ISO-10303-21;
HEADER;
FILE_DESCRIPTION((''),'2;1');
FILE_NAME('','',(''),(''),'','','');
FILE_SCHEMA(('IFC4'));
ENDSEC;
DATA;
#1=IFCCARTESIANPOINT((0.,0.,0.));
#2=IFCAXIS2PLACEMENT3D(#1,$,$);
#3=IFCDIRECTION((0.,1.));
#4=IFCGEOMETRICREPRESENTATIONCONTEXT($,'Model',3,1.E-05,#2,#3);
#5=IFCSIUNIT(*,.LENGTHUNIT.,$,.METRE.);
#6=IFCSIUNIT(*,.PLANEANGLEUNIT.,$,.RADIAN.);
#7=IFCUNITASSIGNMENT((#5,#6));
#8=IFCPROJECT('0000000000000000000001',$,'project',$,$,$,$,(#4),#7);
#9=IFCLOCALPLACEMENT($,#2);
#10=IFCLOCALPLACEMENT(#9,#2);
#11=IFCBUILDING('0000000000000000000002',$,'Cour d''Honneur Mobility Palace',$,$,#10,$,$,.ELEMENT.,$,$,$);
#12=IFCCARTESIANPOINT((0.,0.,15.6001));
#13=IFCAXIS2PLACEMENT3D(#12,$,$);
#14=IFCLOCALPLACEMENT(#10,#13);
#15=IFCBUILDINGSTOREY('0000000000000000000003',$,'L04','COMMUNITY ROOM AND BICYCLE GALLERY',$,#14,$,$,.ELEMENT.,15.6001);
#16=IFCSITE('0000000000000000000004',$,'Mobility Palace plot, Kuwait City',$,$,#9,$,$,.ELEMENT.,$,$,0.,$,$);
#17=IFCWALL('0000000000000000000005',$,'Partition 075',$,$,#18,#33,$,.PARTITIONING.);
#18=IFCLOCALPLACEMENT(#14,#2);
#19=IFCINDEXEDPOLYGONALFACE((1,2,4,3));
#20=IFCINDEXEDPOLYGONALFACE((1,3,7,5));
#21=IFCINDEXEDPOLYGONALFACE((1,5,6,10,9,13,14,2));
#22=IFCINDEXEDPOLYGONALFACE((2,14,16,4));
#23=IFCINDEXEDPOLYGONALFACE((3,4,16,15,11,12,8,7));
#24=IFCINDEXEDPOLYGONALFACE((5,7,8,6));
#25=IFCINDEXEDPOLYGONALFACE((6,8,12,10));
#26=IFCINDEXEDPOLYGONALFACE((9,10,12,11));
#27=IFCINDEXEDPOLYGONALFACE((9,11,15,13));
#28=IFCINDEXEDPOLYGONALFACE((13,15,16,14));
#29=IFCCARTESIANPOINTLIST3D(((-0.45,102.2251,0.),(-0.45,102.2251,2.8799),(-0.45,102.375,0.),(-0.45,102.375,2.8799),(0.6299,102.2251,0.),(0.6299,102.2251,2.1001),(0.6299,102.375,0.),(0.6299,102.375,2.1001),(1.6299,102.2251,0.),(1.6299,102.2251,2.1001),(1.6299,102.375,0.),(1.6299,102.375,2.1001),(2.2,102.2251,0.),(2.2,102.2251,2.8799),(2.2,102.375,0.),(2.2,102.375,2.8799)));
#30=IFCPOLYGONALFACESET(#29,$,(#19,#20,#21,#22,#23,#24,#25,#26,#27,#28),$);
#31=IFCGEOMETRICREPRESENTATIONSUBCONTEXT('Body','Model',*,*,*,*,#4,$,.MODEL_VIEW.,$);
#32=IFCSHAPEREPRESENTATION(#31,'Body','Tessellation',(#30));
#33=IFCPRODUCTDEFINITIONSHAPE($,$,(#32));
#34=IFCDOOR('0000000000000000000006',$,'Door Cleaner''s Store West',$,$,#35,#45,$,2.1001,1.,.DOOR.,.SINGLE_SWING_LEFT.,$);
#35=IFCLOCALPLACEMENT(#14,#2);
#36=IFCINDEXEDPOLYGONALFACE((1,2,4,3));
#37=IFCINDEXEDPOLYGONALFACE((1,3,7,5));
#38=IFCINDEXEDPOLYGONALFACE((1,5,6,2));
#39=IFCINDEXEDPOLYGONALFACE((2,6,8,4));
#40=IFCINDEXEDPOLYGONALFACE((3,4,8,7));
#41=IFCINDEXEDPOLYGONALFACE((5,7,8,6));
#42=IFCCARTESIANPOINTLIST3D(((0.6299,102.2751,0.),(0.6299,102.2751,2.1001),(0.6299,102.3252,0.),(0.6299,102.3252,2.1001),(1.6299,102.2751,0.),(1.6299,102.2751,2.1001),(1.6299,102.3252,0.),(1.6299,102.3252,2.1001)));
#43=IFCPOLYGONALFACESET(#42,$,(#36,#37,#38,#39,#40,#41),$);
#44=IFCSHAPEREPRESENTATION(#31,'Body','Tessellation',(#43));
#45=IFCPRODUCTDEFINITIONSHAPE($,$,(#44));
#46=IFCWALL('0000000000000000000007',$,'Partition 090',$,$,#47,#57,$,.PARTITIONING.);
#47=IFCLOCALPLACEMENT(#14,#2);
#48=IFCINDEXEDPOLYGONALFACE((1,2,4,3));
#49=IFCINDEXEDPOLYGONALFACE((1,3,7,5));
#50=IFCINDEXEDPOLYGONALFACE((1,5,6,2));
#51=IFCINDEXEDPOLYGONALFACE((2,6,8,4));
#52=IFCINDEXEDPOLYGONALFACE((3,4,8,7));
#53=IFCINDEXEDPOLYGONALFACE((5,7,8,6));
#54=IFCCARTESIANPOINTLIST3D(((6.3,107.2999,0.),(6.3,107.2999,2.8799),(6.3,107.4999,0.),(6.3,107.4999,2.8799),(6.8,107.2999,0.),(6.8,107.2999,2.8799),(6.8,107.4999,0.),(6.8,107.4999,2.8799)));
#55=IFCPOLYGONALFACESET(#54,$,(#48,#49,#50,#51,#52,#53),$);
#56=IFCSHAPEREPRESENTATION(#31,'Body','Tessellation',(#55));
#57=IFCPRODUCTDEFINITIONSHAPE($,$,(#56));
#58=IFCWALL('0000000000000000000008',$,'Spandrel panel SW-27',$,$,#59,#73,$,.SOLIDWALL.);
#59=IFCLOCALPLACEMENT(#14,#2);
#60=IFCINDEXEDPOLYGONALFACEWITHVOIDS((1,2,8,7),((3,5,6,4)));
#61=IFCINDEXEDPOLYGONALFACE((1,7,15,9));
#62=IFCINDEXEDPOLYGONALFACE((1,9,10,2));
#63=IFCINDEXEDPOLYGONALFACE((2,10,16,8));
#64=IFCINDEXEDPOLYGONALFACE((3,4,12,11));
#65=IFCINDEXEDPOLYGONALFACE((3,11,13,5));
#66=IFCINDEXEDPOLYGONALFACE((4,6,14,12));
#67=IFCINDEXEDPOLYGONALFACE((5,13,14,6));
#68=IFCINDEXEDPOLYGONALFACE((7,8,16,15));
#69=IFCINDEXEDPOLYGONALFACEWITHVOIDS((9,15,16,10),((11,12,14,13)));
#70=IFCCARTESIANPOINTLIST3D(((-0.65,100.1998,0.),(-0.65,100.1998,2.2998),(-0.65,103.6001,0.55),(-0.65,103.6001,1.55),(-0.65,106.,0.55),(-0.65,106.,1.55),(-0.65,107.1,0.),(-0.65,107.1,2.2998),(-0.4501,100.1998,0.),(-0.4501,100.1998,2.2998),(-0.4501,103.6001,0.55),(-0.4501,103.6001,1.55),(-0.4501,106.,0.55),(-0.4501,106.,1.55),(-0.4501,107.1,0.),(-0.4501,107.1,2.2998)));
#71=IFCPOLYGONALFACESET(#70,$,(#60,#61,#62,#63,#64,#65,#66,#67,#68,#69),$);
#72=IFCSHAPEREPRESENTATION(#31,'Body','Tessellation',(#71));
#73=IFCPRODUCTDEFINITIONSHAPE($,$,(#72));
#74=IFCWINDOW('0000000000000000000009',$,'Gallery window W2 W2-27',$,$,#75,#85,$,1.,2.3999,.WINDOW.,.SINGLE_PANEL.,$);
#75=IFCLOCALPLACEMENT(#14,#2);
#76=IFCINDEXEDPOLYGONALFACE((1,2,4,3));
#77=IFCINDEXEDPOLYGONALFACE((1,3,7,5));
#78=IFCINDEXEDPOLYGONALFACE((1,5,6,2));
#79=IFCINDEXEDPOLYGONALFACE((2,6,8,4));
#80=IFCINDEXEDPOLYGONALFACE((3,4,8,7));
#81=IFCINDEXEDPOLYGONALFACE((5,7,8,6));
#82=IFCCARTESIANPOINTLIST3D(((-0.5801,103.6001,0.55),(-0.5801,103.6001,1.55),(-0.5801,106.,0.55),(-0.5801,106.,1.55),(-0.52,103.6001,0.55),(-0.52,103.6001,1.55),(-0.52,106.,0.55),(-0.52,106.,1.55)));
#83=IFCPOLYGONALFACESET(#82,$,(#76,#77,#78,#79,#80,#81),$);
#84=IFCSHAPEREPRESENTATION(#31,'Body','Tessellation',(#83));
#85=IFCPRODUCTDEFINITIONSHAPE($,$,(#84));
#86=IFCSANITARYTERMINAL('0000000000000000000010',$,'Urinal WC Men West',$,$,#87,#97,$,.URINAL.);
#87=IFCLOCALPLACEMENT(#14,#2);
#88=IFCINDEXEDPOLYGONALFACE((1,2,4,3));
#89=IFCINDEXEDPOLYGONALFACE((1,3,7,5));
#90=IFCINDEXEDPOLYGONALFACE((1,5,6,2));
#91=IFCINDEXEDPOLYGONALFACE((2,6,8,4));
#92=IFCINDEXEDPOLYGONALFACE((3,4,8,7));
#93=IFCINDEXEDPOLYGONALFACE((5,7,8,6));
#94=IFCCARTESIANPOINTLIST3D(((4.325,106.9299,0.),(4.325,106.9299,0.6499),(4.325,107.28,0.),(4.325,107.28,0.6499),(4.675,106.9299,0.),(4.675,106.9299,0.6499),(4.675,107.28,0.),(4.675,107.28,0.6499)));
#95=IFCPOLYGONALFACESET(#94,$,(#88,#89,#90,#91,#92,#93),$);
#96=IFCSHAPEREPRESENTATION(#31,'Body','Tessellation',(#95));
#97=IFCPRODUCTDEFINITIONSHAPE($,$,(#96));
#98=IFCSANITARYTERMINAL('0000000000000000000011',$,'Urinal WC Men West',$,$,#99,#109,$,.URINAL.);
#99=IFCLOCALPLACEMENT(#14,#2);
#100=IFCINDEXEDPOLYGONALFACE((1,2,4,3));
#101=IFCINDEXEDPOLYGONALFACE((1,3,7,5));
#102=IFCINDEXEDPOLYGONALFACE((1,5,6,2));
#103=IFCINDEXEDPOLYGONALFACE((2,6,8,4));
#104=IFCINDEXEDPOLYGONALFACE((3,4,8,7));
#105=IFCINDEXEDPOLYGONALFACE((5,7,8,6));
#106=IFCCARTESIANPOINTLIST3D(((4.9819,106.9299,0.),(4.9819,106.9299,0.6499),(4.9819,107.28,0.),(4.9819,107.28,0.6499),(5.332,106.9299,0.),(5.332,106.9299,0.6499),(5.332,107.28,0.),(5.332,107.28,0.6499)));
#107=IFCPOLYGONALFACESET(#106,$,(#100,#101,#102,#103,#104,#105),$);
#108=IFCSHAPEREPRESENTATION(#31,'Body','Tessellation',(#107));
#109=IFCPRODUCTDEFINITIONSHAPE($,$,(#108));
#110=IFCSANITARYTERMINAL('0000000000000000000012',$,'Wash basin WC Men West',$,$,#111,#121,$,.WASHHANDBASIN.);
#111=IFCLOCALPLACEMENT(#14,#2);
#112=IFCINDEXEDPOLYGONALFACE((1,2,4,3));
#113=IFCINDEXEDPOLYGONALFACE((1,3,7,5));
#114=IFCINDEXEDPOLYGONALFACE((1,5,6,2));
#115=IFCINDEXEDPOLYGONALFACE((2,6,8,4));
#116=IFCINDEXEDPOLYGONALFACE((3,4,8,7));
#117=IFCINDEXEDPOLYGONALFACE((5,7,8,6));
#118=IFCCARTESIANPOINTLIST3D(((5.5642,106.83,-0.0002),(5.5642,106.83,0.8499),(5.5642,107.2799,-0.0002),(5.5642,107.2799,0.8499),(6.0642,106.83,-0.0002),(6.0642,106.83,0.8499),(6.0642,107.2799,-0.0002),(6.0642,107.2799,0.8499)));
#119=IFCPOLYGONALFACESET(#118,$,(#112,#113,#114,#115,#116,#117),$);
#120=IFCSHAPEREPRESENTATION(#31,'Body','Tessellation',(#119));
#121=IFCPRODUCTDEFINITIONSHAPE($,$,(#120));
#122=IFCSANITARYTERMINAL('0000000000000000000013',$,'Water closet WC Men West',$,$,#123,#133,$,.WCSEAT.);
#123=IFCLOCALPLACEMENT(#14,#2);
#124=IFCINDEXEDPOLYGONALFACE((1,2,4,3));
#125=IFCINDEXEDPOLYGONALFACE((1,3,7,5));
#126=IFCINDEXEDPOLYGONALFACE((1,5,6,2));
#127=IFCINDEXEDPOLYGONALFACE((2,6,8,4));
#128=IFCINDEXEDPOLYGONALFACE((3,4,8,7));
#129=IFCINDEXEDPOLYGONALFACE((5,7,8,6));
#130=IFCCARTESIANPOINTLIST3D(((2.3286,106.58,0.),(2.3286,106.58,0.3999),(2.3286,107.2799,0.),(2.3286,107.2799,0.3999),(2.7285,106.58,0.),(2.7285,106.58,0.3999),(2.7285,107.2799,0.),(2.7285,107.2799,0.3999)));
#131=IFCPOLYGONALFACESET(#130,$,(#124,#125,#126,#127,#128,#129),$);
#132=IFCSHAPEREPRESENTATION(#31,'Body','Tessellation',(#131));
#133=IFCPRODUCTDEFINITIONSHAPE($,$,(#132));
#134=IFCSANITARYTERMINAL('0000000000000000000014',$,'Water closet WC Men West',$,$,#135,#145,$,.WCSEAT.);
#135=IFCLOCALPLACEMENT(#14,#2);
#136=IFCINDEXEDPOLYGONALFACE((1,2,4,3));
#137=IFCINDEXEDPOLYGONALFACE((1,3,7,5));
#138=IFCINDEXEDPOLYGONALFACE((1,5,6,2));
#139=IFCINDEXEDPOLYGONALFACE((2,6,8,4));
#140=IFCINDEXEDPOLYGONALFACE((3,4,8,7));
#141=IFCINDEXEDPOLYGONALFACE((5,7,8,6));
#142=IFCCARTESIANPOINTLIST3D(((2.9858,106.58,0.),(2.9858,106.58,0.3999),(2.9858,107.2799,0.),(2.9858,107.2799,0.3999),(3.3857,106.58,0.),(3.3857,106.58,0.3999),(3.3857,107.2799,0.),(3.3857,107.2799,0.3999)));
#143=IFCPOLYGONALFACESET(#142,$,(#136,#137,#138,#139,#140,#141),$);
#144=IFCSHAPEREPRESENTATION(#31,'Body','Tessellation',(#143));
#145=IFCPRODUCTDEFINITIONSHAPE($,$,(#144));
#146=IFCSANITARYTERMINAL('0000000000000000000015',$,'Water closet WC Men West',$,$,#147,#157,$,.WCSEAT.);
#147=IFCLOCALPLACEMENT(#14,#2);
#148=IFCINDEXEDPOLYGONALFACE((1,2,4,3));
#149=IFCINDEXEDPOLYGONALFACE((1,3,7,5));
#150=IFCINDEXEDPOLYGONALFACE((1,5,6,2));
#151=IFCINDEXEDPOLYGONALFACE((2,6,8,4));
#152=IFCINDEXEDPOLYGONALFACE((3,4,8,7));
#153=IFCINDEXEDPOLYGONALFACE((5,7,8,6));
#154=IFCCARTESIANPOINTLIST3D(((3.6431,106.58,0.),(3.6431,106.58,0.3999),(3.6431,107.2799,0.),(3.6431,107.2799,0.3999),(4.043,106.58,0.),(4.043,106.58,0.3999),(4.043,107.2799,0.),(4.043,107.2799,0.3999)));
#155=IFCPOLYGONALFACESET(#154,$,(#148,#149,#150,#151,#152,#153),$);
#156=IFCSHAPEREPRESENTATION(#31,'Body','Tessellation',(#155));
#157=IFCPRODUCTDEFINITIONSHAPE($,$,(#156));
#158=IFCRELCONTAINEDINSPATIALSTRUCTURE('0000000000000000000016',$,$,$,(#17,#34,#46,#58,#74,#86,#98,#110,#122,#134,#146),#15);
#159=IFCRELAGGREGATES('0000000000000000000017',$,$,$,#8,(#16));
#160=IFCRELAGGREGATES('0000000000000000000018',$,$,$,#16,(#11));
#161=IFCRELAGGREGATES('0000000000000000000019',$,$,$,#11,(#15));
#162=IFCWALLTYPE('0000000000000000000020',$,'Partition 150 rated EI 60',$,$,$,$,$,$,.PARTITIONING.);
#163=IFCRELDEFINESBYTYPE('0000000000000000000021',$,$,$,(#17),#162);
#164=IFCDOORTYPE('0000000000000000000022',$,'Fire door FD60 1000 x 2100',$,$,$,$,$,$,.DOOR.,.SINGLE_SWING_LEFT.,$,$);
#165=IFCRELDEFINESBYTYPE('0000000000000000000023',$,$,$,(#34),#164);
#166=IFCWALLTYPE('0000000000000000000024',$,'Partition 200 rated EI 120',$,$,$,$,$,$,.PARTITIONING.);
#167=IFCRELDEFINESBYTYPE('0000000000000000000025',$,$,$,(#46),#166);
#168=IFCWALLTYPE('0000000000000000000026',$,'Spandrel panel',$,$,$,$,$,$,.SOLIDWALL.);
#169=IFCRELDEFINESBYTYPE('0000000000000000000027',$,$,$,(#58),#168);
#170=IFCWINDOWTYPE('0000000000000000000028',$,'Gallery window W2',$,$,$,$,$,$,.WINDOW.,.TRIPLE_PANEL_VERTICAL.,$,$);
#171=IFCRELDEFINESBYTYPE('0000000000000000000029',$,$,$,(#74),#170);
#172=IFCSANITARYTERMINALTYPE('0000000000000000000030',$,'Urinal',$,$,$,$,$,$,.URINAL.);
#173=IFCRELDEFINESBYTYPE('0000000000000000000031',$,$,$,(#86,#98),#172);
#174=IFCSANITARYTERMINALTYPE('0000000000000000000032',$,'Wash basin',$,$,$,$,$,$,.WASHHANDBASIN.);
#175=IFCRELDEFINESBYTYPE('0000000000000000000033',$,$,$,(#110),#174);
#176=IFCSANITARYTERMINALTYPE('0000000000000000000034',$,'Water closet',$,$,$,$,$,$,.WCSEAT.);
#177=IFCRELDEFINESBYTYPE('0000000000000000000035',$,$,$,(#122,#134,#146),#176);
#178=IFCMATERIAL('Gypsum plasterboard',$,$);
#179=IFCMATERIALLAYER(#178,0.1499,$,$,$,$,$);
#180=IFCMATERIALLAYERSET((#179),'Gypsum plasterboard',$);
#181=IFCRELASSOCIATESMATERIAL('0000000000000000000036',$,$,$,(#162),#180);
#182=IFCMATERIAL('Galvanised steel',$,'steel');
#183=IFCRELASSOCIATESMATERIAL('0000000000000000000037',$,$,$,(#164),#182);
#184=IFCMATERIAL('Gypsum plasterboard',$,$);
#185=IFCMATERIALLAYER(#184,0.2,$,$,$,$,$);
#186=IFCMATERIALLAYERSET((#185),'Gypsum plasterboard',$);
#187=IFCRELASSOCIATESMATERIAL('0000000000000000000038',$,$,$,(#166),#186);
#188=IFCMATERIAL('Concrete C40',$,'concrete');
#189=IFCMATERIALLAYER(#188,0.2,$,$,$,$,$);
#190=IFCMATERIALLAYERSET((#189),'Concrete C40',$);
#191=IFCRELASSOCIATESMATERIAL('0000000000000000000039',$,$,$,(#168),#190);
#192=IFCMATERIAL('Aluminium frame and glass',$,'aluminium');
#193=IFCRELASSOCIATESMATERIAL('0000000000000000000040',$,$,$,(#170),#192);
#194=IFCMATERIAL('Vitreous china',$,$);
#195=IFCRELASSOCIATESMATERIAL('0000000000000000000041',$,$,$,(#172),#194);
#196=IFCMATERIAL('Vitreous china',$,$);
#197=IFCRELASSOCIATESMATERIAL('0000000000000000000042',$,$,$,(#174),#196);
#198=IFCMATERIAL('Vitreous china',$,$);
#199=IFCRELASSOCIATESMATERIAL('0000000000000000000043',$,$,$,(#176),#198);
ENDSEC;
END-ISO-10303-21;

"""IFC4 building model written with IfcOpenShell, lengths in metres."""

from ifc_helpers import new_model, si_unit, direction, frame, frame_2d, origin, origin_2d, place, context, subcontext, project, spatial, rectangle, extrude, material, layer, layer_set, type_object, element, fill, save


model = new_model("IFC4")

# Units and contexts
model_context = context("Model", 3, precision=1e-05, world=origin(), true_north=direction((0.0, 1.0)))
body_context = subcontext(model_context, "Body", "Model", "MODEL_VIEW")
ifc_project = project(units=[si_unit("LENGTHUNIT", "METRE"), si_unit("PLANEANGLEUNIT", "RADIAN")], contexts=[model_context])

# Site, building, storey
site_placement = place(None, origin())
site = spatial("IfcSite", under=ifc_project, at=site_placement, Name="Mobility Palace plot, Kuwait City", CompositionType="ELEMENT", RefElevation=0.0)
building_placement = place(site_placement, origin())
building = spatial("IfcBuilding", under=site, at=building_placement, Name="Cour d'Honneur Mobility Palace", CompositionType="ELEMENT")
storey_placement = place(building_placement, frame((0.0, 0.0, 15.6001)))
storey = spatial("IfcBuildingStorey", under=building, at=storey_placement, Name="L04", Description="COMMUNITY ROOM AND BICYCLE GALLERY", CompositionType="ELEMENT", Elevation=15.6001)

# Wall, opening, door
ifc_material_1 = material(Name="Gypsum plasterboard")
ifc_layer_1 = layer(ifc_material_1, 0.1499)
ifc_layer_set_1 = layer_set([ifc_layer_1], Name="Gypsum plasterboard")
wall_type_1 = type_object("IfcWallType", Name="Partition 150 rated EI 60", PredefinedType="PARTITIONING", material=ifc_layer_set_1)
wall_1_placement = place(storey_placement, frame((2.2, 102.3, 0.0), z_axis=(0.0, 0.0, 1.0), x_axis=(-1.0, 0.0, 0.0)))
wall_1 = element("IfcWall", 1, at=wall_1_placement, inside=storey, type_object=wall_type_1, Name="Partition 075", PredefinedType="PARTITIONING", context=body_context, shape_type="SweptSolid", body=[
    extrude(rectangle(XDim=2.6499, YDim=0.1499, at=frame_2d((1.325, 0.0))), origin(), (0.0, 0.0, 1.0), 2.8799),
])
opening_1_placement = place(wall_1_placement, frame((0.5701, 0.0, 0.0)))
opening_1 = element("IfcOpeningElement", 2, at=opening_1_placement, cuts=wall_1, PredefinedType="OPENING", context=body_context, shape_type="SweptSolid", body=[
    extrude(rectangle(XDim=1.0, YDim=2.1001, at=frame_2d((0.5, 1.05))), frame((0.0, 0.085, 0.0), z_axis=(0.0, -1.0, 0.0), x_axis=(1.0, 0.0, 0.0)), (0.0, 0.0, 1.0), 0.1699),
])
ifc_material_2 = material(Name="Galvanised steel", Category="steel")
door_type = type_object("IfcDoorType", Name="Fire door FD60 1000 x 2100", OperationType="SINGLE_SWING_LEFT", PredefinedType="DOOR", material=ifc_material_2)
door_placement = place(opening_1_placement, origin())
door = element("IfcDoor", 3, at=door_placement, inside=storey, type_object=door_type, Name="Door Cleaner's Store West", OperationType="SINGLE_SWING_LEFT", OverallHeight=2.1001, OverallWidth=1.0, PredefinedType="DOOR", context=body_context, shape_type="SweptSolid", body=[
    extrude(rectangle(XDim=1.0, YDim=2.1001, at=frame_2d((0.5, 1.05))), frame((0.0, 0.0249, 0.0), z_axis=(0.0, -1.0, 0.0), x_axis=(1.0, 0.0, 0.0)), (0.0, 0.0, 1.0), 0.05),
])
fill(opening_1, door)

# Wall
ifc_material_3 = material(Name="Gypsum plasterboard")
ifc_layer_2 = layer(ifc_material_3, 0.2)
ifc_layer_set_2 = layer_set([ifc_layer_2], Name="Gypsum plasterboard")
wall_type_2 = type_object("IfcWallType", Name="Partition 200 rated EI 120", PredefinedType="PARTITIONING", material=ifc_layer_set_2)
wall_2_placement = place(storey_placement, frame((6.3, 107.3999, 0.0), z_axis=(0.0, 0.0, 1.0), x_axis=(1.0, 0.0, 0.0)))
element("IfcWall", 4, at=wall_2_placement, inside=storey, type_object=wall_type_2, Name="Partition 090", PredefinedType="PARTITIONING", context=body_context, shape_type="SweptSolid", body=[
    extrude(rectangle(XDim=0.5, YDim=0.2, at=frame_2d((0.25, 0.0))), origin(), (0.0, 0.0, 1.0), 2.8799),
])

# Wall, opening, window
ifc_material_4 = material(Name="Concrete C40", Category="concrete")
ifc_layer_3 = layer(ifc_material_4, 0.2)
ifc_layer_set_3 = layer_set([ifc_layer_3], Name="Concrete C40")
wall_type_3 = type_object("IfcWallType", Name="Spandrel panel", PredefinedType="SOLIDWALL", material=ifc_layer_set_3)
wall_3_placement = place(storey_placement, frame((-0.55, 107.1001, 0.0), z_axis=(0.0, 0.0, 1.0), x_axis=(0.0, -1.0, 0.0)))
wall_3 = element("IfcWall", 5, at=wall_3_placement, inside=storey, type_object=wall_type_3, Name="Spandrel panel SW-27", PredefinedType="SOLIDWALL", context=body_context, shape_type="SweptSolid", body=[
    extrude(rectangle(XDim=6.9001, YDim=0.2, at=frame_2d((3.4502, 0.0))), origin(), (0.0, 0.0, 1.0), 2.2998),
])
opening_2_placement = place(wall_3_placement, frame((1.1001, 0.0, 0.55)))
opening_2 = element("IfcOpeningElement", 6, at=opening_2_placement, cuts=wall_3, PredefinedType="OPENING", context=body_context, shape_type="SweptSolid", body=[
    extrude(rectangle(XDim=2.3999, YDim=1.0, at=frame_2d((1.2, 0.5))), frame((0.0, 0.1099, 0.0), z_axis=(0.0, -1.0, 0.0), x_axis=(1.0, 0.0, 0.0)), (0.0, 0.0, 1.0), 0.22),
])
ifc_material_5 = material(Name="Aluminium frame and glass", Category="aluminium")
window_type = type_object("IfcWindowType", Name="Gallery window W2", PartitioningType="TRIPLE_PANEL_VERTICAL", PredefinedType="WINDOW", material=ifc_material_5)
window_placement = place(opening_2_placement, origin())
window = element("IfcWindow", 7, at=window_placement, inside=storey, type_object=window_type, Name="Gallery window W2 W2-27", OverallHeight=1.0, OverallWidth=2.3999, PartitioningType="SINGLE_PANEL", PredefinedType="WINDOW", context=body_context, shape_type="SweptSolid", body=[
    extrude(rectangle(XDim=2.3999, YDim=1.0, at=frame_2d((1.2, 0.5))), frame((0.0, 0.03, 0.0), z_axis=(0.0, -1.0, 0.0), x_axis=(1.0, 0.0, 0.0)), (0.0, 0.0, 1.0), 0.0601),
])
fill(opening_2, window)

# Sanitary terminals
ifc_material_6 = material(Name="Vitreous china")
sanitary_terminal_type_1 = type_object("IfcSanitaryTerminalType", Name="Urinal", PredefinedType="URINAL", material=ifc_material_6)
for number, where, z_axis, x_axis, name in (
    (8, (4.5, 107.105, 0.0), (0.0, 0.0, 1.0), (1.0, 0.0, 0.0), "Urinal WC Men West"),
    (9, (5.157, 107.105, 0.0), (0.0, 0.0, 1.0), (1.0, 0.0, 0.0), "Urinal WC Men West"),
):
    element("IfcSanitaryTerminal", number, at=place(storey_placement, frame(where, z_axis=z_axis, x_axis=x_axis)), inside=storey, type_object=sanitary_terminal_type_1, Name=name, PredefinedType="URINAL", context=body_context, shape_type="SweptSolid", body=[
        extrude(rectangle(XDim=0.3501, YDim=0.3501, at=origin_2d()), origin(), (0.0, 0.0, 1.0), 0.6499),
    ])
ifc_material_7 = material(Name="Vitreous china")
sanitary_terminal_type_2 = type_object("IfcSanitaryTerminalType", Name="Wash basin", PredefinedType="WASHHANDBASIN", material=ifc_material_7)
sanitary_terminal_placement = place(storey_placement, frame((5.8142, 107.0549, -0.0002), z_axis=(0.0, 0.0, 1.0), x_axis=(1.0, 0.0, 0.0)))
element("IfcSanitaryTerminal", 10, at=sanitary_terminal_placement, inside=storey, type_object=sanitary_terminal_type_2, Name="Wash basin WC Men West", PredefinedType="WASHHANDBASIN", context=body_context, shape_type="SweptSolid", body=[
    extrude(rectangle(XDim=0.5, YDim=0.45, at=origin_2d()), origin(), (0.0, 0.0, 1.0), 0.8501),
])
ifc_material_8 = material(Name="Vitreous china")
sanitary_terminal_type_3 = type_object("IfcSanitaryTerminalType", Name="Water closet", PredefinedType="WCSEAT", material=ifc_material_8)
for number, where, z_axis, x_axis, name in (
    (11, (2.5286, 106.9299, 0.0), (0.0, 0.0, 1.0), (1.0, 0.0, 0.0), "Water closet WC Men West"),
    (12, (3.1858, 106.9299, 0.0), (0.0, 0.0, 1.0), (1.0, 0.0, 0.0), "Water closet WC Men West"),
    (13, (3.843, 106.9299, 0.0), (0.0, 0.0, 1.0), (1.0, 0.0, 0.0), "Water closet WC Men West"),
):
    element("IfcSanitaryTerminal", number, at=place(storey_placement, frame(where, z_axis=z_axis, x_axis=x_axis)), inside=storey, type_object=sanitary_terminal_type_3, Name=name, PredefinedType="WCSEAT", context=body_context, shape_type="SweptSolid", body=[
        extrude(rectangle(XDim=0.3999, YDim=0.7, at=origin_2d()), origin(), (0.0, 0.0, 1.0), 0.3999),
    ])

save(model, "model.ifc")
